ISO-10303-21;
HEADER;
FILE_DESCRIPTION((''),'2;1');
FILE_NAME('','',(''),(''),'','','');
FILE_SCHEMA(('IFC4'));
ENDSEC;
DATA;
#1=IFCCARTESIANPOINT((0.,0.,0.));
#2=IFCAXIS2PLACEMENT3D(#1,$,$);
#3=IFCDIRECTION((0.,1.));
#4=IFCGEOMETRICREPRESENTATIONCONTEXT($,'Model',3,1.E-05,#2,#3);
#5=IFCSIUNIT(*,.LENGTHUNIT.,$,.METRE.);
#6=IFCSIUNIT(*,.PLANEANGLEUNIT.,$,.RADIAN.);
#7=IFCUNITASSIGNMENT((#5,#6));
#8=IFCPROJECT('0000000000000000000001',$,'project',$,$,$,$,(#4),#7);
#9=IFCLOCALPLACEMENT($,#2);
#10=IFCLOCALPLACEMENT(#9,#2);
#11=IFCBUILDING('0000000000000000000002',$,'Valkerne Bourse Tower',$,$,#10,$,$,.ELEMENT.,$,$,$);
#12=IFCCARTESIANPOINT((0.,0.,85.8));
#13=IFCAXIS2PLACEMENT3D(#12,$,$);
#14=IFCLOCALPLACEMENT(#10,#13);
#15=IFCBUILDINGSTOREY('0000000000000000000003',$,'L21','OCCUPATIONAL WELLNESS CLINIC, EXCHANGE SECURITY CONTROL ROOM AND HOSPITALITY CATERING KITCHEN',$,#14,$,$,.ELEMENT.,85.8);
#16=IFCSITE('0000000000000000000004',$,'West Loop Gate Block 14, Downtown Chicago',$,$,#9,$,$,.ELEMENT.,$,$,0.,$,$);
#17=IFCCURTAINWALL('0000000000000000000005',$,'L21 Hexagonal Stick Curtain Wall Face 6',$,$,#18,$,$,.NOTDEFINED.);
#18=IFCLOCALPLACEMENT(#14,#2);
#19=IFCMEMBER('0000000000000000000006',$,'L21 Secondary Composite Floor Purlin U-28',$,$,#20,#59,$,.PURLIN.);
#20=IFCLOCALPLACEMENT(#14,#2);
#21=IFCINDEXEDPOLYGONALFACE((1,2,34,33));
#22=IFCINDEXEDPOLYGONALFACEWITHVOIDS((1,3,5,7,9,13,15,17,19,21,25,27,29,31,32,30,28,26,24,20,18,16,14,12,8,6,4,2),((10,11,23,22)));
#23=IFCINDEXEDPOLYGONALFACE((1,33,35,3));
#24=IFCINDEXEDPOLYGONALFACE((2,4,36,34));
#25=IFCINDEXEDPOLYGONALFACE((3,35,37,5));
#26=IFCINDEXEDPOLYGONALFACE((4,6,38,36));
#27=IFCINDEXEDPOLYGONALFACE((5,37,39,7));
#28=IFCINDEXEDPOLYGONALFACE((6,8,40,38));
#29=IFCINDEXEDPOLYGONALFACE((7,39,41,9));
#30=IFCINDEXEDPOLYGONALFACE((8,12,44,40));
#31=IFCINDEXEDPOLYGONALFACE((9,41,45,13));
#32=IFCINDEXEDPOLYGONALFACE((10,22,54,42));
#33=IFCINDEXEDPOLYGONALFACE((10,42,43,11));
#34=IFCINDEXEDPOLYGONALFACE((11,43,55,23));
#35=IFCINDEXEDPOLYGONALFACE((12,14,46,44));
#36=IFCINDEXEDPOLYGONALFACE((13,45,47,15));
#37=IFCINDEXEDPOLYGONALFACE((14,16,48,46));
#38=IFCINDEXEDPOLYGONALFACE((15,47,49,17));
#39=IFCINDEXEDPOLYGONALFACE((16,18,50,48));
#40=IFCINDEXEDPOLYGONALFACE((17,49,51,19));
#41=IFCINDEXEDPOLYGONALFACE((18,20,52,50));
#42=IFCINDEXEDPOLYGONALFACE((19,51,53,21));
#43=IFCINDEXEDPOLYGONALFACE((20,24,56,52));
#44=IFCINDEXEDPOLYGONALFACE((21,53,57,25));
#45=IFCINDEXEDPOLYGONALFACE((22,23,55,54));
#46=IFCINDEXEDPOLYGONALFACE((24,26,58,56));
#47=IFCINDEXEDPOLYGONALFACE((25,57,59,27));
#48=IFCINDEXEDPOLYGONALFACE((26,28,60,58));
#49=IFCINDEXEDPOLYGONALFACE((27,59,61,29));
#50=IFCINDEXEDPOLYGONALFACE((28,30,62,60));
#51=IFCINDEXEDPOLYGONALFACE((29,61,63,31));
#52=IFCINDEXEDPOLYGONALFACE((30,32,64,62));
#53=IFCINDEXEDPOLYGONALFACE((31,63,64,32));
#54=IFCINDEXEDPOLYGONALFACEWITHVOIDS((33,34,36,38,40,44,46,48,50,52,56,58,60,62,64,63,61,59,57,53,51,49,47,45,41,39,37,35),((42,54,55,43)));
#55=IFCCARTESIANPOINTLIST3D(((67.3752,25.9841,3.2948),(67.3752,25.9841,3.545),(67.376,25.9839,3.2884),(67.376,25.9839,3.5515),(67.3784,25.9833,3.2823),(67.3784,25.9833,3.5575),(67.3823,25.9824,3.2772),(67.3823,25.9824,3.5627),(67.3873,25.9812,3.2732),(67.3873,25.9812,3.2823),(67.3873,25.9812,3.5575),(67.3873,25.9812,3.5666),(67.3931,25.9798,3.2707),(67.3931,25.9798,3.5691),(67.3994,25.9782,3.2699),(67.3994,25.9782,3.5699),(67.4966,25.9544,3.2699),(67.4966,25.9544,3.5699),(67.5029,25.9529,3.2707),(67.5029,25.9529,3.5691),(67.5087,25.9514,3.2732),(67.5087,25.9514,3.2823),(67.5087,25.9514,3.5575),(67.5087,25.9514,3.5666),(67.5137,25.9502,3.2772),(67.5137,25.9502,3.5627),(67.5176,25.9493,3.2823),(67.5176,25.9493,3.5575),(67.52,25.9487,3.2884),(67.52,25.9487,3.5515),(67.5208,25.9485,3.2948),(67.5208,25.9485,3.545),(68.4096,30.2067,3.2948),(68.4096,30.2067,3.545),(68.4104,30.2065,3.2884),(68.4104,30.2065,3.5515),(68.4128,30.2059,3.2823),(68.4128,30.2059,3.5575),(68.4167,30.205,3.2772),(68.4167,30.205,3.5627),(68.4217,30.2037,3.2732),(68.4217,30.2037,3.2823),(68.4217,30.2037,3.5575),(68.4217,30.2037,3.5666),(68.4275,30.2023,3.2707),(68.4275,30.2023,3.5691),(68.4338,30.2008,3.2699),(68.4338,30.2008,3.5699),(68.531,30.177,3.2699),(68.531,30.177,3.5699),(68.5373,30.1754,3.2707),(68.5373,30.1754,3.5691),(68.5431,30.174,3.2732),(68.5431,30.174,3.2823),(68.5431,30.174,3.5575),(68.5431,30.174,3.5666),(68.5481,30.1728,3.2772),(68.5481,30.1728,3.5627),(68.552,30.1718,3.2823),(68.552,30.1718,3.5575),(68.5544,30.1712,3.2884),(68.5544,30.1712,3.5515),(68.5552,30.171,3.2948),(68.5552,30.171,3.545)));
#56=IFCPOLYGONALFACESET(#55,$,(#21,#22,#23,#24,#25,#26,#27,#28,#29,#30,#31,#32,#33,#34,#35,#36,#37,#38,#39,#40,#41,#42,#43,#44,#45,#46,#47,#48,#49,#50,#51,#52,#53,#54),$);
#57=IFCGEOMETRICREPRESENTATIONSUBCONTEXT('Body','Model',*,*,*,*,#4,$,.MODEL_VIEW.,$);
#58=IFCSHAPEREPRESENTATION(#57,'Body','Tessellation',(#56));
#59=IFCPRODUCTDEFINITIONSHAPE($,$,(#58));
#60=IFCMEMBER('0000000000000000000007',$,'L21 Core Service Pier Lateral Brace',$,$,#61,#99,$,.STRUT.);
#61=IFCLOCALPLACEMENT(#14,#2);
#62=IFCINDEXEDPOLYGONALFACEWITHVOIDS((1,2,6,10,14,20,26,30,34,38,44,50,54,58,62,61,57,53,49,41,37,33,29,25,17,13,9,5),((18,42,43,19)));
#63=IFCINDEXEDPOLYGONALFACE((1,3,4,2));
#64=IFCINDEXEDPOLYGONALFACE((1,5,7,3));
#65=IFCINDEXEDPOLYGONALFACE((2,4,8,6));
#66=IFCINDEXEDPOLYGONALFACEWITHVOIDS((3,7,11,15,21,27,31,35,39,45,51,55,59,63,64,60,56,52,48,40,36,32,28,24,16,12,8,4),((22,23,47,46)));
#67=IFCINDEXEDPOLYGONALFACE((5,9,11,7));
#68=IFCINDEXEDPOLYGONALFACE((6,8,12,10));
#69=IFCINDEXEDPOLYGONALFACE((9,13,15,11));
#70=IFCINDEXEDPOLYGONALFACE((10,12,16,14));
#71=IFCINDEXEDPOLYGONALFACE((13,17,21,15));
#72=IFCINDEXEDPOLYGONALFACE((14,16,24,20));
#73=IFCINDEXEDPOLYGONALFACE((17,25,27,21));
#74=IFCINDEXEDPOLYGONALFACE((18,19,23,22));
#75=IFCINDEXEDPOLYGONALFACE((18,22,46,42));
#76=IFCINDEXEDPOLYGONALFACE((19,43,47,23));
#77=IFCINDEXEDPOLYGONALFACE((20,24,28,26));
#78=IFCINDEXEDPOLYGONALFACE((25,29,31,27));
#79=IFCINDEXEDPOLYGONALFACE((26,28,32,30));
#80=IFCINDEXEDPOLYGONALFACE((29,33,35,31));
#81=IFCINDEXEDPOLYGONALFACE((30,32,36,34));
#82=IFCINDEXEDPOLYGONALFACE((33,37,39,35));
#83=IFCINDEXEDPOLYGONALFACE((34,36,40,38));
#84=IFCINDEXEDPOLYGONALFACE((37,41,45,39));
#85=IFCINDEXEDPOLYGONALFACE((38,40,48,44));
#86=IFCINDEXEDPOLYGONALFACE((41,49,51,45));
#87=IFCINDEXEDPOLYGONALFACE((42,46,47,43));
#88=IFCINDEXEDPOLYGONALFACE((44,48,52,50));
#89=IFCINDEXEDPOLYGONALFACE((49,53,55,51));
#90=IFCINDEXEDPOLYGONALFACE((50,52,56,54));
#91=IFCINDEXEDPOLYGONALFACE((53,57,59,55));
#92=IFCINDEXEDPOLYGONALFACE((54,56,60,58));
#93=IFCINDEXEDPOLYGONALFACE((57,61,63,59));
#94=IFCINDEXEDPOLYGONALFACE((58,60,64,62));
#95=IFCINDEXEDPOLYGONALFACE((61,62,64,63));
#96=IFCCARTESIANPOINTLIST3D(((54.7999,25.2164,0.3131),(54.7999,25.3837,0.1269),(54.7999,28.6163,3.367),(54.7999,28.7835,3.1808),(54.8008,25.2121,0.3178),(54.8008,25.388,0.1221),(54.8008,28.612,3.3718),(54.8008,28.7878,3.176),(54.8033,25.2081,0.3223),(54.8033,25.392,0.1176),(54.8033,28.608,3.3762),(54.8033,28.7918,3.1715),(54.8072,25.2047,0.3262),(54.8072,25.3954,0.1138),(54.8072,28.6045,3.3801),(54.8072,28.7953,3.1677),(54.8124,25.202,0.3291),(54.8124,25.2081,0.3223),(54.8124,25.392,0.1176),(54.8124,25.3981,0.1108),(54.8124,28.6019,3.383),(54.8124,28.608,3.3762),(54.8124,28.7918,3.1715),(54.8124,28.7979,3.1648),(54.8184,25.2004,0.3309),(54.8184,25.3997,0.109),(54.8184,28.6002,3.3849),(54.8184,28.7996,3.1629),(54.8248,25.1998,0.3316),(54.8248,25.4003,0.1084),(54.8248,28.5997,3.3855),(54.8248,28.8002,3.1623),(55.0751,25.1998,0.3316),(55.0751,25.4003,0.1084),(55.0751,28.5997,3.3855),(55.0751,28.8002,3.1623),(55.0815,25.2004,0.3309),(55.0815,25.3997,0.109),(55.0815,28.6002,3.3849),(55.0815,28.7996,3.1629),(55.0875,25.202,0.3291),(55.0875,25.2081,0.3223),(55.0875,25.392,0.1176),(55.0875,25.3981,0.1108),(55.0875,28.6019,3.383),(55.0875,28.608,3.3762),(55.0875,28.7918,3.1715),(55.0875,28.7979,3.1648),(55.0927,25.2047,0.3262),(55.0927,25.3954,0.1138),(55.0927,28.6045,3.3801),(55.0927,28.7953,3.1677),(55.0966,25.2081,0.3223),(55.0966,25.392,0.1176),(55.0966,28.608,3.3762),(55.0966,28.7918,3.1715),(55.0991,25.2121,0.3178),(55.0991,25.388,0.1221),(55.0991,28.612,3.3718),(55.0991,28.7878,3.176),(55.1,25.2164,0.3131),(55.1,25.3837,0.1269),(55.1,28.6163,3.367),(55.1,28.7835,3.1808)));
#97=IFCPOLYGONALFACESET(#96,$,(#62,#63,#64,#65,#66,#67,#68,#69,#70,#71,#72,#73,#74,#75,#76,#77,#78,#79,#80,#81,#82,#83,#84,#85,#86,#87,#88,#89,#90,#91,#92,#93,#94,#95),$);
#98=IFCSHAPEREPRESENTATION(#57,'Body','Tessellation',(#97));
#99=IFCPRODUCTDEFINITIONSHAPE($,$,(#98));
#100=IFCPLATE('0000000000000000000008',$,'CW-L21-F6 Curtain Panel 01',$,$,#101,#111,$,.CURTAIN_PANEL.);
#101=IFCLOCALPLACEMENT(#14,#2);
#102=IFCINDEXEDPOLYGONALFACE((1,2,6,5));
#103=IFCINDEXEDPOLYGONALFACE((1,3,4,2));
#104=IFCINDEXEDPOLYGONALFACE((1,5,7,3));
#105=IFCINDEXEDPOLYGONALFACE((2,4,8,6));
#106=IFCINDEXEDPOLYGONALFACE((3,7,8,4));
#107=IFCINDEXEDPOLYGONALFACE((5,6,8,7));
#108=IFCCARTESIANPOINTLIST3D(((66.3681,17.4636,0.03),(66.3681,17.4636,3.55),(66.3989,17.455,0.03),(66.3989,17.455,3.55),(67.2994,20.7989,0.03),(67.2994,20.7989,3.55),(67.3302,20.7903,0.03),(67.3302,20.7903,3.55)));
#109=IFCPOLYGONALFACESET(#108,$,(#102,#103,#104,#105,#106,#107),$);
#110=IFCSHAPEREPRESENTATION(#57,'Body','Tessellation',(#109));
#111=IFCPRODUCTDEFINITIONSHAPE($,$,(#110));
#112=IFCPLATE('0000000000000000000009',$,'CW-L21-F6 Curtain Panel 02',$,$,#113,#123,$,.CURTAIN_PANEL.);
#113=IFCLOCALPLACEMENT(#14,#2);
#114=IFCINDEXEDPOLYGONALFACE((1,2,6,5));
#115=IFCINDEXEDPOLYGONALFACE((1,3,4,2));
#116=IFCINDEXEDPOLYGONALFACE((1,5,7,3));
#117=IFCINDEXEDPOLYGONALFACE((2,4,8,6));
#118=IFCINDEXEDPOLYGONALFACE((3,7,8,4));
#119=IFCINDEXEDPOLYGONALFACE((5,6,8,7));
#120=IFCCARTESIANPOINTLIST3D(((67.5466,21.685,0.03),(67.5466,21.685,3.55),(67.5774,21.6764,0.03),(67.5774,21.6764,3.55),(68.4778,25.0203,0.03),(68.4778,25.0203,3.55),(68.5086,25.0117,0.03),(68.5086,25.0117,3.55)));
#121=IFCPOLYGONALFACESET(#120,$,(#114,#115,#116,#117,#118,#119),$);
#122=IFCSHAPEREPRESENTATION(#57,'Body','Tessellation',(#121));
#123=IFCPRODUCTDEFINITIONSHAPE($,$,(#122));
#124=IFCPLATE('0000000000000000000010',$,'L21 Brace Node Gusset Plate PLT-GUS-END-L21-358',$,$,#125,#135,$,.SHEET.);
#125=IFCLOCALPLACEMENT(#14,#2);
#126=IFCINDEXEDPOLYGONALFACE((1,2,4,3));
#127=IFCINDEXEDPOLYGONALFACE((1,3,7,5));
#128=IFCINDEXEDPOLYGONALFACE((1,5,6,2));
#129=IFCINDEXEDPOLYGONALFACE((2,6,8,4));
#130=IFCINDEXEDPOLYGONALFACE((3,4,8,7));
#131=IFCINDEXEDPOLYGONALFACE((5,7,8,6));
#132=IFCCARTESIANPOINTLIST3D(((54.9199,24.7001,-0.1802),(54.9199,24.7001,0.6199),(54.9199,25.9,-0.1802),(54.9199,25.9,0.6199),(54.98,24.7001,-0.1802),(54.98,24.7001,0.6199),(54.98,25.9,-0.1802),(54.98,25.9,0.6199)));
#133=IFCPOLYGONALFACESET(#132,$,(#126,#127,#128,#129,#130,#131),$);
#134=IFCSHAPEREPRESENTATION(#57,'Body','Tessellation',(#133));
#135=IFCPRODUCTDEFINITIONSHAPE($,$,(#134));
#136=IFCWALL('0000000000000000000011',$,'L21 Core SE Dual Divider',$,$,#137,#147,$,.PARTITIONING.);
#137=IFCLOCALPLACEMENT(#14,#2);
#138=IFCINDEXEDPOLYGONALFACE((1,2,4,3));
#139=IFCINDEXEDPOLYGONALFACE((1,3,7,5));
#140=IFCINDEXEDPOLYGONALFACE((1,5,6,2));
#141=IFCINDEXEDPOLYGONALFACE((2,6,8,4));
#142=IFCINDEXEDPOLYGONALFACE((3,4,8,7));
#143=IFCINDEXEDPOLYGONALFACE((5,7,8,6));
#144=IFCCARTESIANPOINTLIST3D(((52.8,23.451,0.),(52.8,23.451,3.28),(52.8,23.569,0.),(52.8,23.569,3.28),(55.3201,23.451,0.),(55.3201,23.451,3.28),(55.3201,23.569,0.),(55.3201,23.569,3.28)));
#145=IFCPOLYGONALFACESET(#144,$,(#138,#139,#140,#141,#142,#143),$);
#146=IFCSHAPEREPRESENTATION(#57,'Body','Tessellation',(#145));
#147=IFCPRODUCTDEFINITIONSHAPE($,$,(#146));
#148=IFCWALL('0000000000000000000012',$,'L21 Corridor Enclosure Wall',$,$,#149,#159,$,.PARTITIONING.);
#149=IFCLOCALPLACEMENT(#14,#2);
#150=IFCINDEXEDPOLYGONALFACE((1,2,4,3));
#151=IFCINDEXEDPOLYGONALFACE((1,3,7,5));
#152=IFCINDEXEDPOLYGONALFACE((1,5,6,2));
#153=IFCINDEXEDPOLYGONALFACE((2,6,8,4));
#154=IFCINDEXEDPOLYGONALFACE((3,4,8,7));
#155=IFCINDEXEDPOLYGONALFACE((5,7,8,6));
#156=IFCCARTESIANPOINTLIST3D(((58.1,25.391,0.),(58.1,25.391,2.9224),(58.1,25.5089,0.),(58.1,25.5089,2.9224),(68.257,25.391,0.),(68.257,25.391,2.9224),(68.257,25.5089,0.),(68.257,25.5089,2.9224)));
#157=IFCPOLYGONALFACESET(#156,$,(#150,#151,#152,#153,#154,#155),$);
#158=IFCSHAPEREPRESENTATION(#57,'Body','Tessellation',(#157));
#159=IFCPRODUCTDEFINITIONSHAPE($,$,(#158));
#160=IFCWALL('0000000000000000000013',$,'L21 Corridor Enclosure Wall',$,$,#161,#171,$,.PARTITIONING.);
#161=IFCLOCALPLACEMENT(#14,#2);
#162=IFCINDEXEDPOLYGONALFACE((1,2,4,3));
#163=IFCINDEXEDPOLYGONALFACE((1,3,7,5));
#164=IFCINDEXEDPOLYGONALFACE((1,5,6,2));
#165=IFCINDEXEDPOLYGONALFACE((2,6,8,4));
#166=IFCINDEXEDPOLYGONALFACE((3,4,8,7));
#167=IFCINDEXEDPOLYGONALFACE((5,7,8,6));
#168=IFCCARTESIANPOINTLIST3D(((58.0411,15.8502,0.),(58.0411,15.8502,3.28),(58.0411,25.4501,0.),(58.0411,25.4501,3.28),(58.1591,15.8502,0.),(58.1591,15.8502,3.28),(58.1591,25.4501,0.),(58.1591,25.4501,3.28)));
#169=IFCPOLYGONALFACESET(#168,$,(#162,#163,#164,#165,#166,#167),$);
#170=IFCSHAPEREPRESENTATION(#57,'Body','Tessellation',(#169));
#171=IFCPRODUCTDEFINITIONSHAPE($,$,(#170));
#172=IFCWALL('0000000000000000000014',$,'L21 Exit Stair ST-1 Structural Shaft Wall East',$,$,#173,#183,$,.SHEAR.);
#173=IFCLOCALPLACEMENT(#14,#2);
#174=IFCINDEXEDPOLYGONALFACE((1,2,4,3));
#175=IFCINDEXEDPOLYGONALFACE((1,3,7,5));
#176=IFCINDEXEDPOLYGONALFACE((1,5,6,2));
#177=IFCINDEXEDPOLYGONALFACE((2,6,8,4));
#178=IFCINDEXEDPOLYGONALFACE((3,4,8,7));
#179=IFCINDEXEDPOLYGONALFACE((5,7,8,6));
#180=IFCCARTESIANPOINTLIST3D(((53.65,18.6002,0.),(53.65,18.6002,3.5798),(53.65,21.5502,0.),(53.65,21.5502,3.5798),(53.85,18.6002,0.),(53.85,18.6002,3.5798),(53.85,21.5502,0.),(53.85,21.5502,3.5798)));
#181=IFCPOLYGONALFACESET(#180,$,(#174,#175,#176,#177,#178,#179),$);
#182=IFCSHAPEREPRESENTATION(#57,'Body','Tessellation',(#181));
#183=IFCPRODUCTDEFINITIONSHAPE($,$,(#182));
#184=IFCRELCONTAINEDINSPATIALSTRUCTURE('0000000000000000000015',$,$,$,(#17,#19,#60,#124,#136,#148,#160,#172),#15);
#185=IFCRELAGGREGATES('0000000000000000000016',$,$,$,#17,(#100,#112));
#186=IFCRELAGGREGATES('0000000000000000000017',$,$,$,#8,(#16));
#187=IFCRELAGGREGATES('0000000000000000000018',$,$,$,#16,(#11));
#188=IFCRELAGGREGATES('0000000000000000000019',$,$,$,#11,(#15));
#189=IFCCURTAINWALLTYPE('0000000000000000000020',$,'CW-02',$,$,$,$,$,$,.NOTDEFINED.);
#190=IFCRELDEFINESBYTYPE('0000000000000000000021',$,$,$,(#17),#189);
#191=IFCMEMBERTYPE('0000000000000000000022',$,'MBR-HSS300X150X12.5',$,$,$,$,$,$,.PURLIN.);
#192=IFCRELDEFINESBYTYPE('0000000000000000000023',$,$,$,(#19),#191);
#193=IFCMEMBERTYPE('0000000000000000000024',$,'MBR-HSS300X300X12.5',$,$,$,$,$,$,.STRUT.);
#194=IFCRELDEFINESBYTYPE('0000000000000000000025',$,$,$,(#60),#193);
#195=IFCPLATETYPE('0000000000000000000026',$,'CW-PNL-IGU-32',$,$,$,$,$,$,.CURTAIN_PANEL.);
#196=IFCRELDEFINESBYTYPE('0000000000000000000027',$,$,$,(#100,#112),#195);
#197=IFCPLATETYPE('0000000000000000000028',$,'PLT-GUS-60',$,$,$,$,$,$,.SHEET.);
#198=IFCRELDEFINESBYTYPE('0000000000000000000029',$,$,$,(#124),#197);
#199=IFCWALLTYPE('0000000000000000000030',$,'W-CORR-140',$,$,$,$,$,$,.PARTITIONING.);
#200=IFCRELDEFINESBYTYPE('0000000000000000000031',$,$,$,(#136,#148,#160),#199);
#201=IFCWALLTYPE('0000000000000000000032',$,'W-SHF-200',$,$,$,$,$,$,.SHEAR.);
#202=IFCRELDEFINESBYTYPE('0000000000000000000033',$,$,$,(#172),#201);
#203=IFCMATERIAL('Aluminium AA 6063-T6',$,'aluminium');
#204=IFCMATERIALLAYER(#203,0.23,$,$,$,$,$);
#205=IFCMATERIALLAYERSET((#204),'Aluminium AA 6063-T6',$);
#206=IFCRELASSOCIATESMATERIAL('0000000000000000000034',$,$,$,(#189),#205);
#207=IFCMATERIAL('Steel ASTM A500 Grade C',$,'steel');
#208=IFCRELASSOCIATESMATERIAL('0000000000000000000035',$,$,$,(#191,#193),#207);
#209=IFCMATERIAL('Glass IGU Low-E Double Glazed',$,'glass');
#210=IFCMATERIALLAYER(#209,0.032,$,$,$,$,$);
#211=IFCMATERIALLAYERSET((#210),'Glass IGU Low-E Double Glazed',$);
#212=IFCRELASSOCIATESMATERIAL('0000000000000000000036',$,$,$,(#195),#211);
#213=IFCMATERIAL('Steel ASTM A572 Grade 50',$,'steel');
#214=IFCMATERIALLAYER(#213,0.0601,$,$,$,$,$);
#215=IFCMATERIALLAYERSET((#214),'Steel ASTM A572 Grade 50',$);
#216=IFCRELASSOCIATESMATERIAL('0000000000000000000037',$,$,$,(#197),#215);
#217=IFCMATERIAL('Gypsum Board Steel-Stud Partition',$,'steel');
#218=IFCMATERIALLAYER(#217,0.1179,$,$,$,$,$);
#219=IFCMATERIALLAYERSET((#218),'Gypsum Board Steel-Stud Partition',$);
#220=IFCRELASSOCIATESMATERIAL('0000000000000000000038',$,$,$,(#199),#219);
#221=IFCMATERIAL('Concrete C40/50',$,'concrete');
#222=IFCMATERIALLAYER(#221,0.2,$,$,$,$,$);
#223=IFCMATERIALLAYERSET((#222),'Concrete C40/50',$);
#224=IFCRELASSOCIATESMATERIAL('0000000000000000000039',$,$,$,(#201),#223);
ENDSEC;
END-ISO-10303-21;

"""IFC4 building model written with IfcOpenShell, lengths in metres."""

from ifc_helpers import new_model, si_unit, direction, frame, frame_2d, origin, origin_2d, place, context, subcontext, project, spatial, rectangle, hollow_rectangle, extrude, material, layer, layer_set, material_profile, profile_set, type_object, element, aggregate, save


model = new_model("IFC4")

# Units and contexts
model_context = context("Model", 3, precision=1e-05, world=origin(), true_north=direction((0.0, 1.0)))
body_context = subcontext(model_context, "Body", "Model", "MODEL_VIEW")
ifc_project = project(units=[si_unit("LENGTHUNIT", "METRE"), si_unit("PLANEANGLEUNIT", "RADIAN")], contexts=[model_context])

# Site, building, storey
site_placement = place(None, origin())
site = spatial("IfcSite", under=ifc_project, at=site_placement, Name="West Loop Gate Block 14, Downtown Chicago", CompositionType="ELEMENT", RefElevation=0.0)
building_placement = place(site_placement, origin())
building = spatial("IfcBuilding", under=site, at=building_placement, Name="Valkerne Bourse Tower", CompositionType="ELEMENT")
storey_placement = place(building_placement, frame((0.0, 0.0, 85.8)))
storey = spatial("IfcBuildingStorey", under=building, at=storey_placement, Name="L21", Description="OCCUPATIONAL WELLNESS CLINIC, EXCHANGE SECURITY CONTROL ROOM AND HOSPITALITY CATERING KITCHEN", CompositionType="ELEMENT", Elevation=85.8)

# Curtain wall
ifc_material_1 = material(Name="Aluminium AA 6063-T6", Category="aluminium")
ifc_layer_1 = layer(ifc_material_1, 0.23)
ifc_layer_set_1 = layer_set([ifc_layer_1], Name="Aluminium AA 6063-T6")
curtain_wall_type = type_object("IfcCurtainWallType", Name="CW-02", PredefinedType="NOTDEFINED", material=ifc_layer_set_1)
curtain_wall_placement = place(storey_placement, origin())
curtain_wall = element("IfcCurtainWall", 1, at=curtain_wall_placement, inside=storey, type_object=curtain_wall_type, Name="L21 Hexagonal Stick Curtain Wall Face 6", PredefinedType="NOTDEFINED")

# Members
ifc_material_2 = material(Name="Steel ASTM A500 Grade C", Category="steel")
ifc_material_profile_1 = material_profile(ifc_material_2, hollow_rectangle(XDim=0.1499, YDim=0.3, WallThickness=0.0125, OuterFilletRadius=0.0249, at=origin_2d()), Name="HSS300X150X12.5")
ifc_profile_set_1 = profile_set([ifc_material_profile_1], Name="Steel ASTM A500 Grade C")
member_type_1 = type_object("IfcMemberType", Name="MBR-HSS300X150X12.5", PredefinedType="PURLIN", material=ifc_profile_set_1)
member_1_placement = place(storey_placement, frame((67.448, 25.9663, 3.4199), z_axis=(0.237935, 0.971281, 0.0), x_axis=(-0.971281, 0.237935, 0.0)))
element("IfcMember", 2, at=member_1_placement, inside=storey, type_object=member_type_1, Name="L21 Secondary Composite Floor Purlin U-28", PredefinedType="PURLIN", context=body_context, shape_type="SweptSolid", body=[
    extrude(hollow_rectangle(XDim=0.1499, YDim=0.3, WallThickness=0.0125, OuterFilletRadius=0.0249, at=origin_2d()), origin(), (0.0, 0.0, 1.0), 4.3474),
])
ifc_material_profile_2 = material_profile(ifc_material_2, hollow_rectangle(XDim=0.3, YDim=0.3, WallThickness=0.0125, OuterFilletRadius=0.0249, at=origin_2d()), Name="HSS300X300X12.5")
ifc_profile_set_2 = profile_set([ifc_material_profile_2], Name="Steel ASTM A500 Grade C")
member_type_2 = type_object("IfcMemberType", Name="MBR-HSS300X300X12.5", PredefinedType="STRUT", material=ifc_profile_set_2)
member_2_placement = place(storey_placement, frame((54.95, 25.3, 0.22), z_axis=(0.0, 0.743942, 0.668244), x_axis=(-1.0, 0.0, 0.0)))
element("IfcMember", 3, at=member_2_placement, inside=storey, type_object=member_type_2, Name="L21 Core Service Pier Lateral Brace", PredefinedType="STRUT", context=body_context, shape_type="SweptSolid", body=[
    extrude(hollow_rectangle(XDim=0.3, YDim=0.3, WallThickness=0.0125, OuterFilletRadius=0.0249, at=origin_2d()), origin(), (0.0, 0.0, 1.0), 4.5701),
])

# Plates
ifc_material_3 = material(Name="Glass IGU Low-E Double Glazed", Category="glass")
ifc_layer_2 = layer(ifc_material_3, 0.032)
ifc_layer_set_2 = layer_set([ifc_layer_2], Name="Glass IGU Low-E Double Glazed")
plate_type_1 = type_object("IfcPlateType", Name="CW-PNL-IGU-32", PredefinedType="CURTAIN_PANEL", material=ifc_layer_set_2)
plate_1_placement = place(storey_placement, frame((66.8491, 19.127, 0.03), z_axis=(0.0, 0.0, 1.0), x_axis=(0.268927, 0.96316, 0.0)))
plate_1 = element("IfcPlate", 4, at=plate_1_placement, type_object=plate_type_1, Name="CW-L21-F6 Curtain Panel 01", PredefinedType="CURTAIN_PANEL", context=body_context, shape_type="SweptSolid", body=[
    extrude(rectangle(XDim=3.4629, YDim=0.032, at=origin_2d()), origin(), (0.0, 0.0, 1.0), 3.52),
])
plate_2_placement = place(storey_placement, frame((68.0276, 23.3484, 0.03), z_axis=(0.0, 0.0, 1.0), x_axis=(0.268927, 0.96316, 0.0)))
plate_2 = element("IfcPlate", 5, at=plate_2_placement, type_object=plate_type_1, Name="CW-L21-F6 Curtain Panel 02", PredefinedType="CURTAIN_PANEL", context=body_context, shape_type="SweptSolid", body=[
    extrude(rectangle(XDim=3.4629, YDim=0.032, at=origin_2d()), origin(), (0.0, 0.0, 1.0), 3.52),
])
aggregate(curtain_wall, [plate_1, plate_2])
ifc_material_4 = material(Name="Steel ASTM A572 Grade 50", Category="steel")
ifc_layer_3 = layer(ifc_material_4, 0.0601)
ifc_layer_set_3 = layer_set([ifc_layer_3], Name="Steel ASTM A572 Grade 50")
plate_type_2 = type_object("IfcPlateType", Name="PLT-GUS-60", PredefinedType="SHEET", material=ifc_layer_set_3)
plate_3_placement = place(storey_placement, frame((54.95, 25.3, -0.1802), z_axis=(0.0, 0.0, 1.0), x_axis=(0.0, 1.0, 0.0)))
element("IfcPlate", 6, at=plate_3_placement, inside=storey, type_object=plate_type_2, Name="L21 Brace Node Gusset Plate PLT-GUS-END-L21-358", PredefinedType="SHEET", context=body_context, shape_type="SweptSolid", body=[
    extrude(rectangle(XDim=1.2, YDim=0.0601, at=origin_2d()), origin(), (0.0, 0.0, 1.0), 0.8),
])

# Walls
ifc_material_5 = material(Name="Gypsum Board Steel-Stud Partition", Category="steel")
ifc_layer_4 = layer(ifc_material_5, 0.1179)
ifc_layer_set_4 = layer_set([ifc_layer_4], Name="Gypsum Board Steel-Stud Partition")
wall_type_1 = type_object("IfcWallType", Name="W-CORR-140", PredefinedType="PARTITIONING", material=ifc_layer_set_4)
wall_1_placement = place(storey_placement, frame((52.8, 23.51, 0.0), z_axis=(0.0, 0.0, 1.0), x_axis=(1.0, 0.0, 0.0)))
element("IfcWall", 7, at=wall_1_placement, inside=storey, type_object=wall_type_1, Name="L21 Core SE Dual Divider", PredefinedType="PARTITIONING", context=body_context, shape_type="SweptSolid", body=[
    extrude(rectangle(XDim=2.52, YDim=0.1179, at=frame_2d((1.26, 0.0))), origin(), (0.0, 0.0, 1.0), 3.28),
])
wall_2_placement = place(storey_placement, frame((68.2571, 25.45, 0.0), z_axis=(0.0, 0.0, 1.0), x_axis=(-1.0, 0.0, 0.0)))
element("IfcWall", 8, at=wall_2_placement, inside=storey, type_object=wall_type_1, Name="L21 Corridor Enclosure Wall", PredefinedType="PARTITIONING", context=body_context, shape_type="SweptSolid", body=[
    extrude(rectangle(XDim=10.157, YDim=0.1179, at=frame_2d((5.0786, 0.0))), origin(), (0.0, 0.0, 1.0), 2.9224),
])
wall_3_placement = place(storey_placement, frame((58.1001, 25.45, 0.0), z_axis=(0.0, 0.0, 1.0), x_axis=(0.0, -1.0, 0.0)))
element("IfcWall", 9, at=wall_3_placement, inside=storey, type_object=wall_type_1, Name="L21 Corridor Enclosure Wall", PredefinedType="PARTITIONING", context=body_context, shape_type="SweptSolid", body=[
    extrude(rectangle(XDim=9.5999, YDim=0.1179, at=frame_2d((4.7998, 0.0))), origin(), (0.0, 0.0, 1.0), 3.28),
])

# Wall
ifc_material_6 = material(Name="Concrete C40/50", Category="concrete")
ifc_layer_5 = layer(ifc_material_6, 0.2)
ifc_layer_set_5 = layer_set([ifc_layer_5], Name="Concrete C40/50")
wall_type_2 = type_object("IfcWallType", Name="W-SHF-200", PredefinedType="SHEAR", material=ifc_layer_set_5)
wall_4_placement = place(storey_placement, frame((53.75, 18.6001, 0.0), z_axis=(0.0, 0.0, 1.0), x_axis=(0.0, 1.0, 0.0)))
element("IfcWall", 10, at=wall_4_placement, inside=storey, type_object=wall_type_2, Name="L21 Exit Stair ST-1 Structural Shaft Wall East", PredefinedType="SHEAR", context=body_context, shape_type="SweptSolid", body=[
    extrude(rectangle(XDim=2.95, YDim=0.2, at=frame_2d((1.4751, 0.0))), origin(), (0.0, 0.0, 1.0), 3.5798),
])

save(model, "model.ifc")
